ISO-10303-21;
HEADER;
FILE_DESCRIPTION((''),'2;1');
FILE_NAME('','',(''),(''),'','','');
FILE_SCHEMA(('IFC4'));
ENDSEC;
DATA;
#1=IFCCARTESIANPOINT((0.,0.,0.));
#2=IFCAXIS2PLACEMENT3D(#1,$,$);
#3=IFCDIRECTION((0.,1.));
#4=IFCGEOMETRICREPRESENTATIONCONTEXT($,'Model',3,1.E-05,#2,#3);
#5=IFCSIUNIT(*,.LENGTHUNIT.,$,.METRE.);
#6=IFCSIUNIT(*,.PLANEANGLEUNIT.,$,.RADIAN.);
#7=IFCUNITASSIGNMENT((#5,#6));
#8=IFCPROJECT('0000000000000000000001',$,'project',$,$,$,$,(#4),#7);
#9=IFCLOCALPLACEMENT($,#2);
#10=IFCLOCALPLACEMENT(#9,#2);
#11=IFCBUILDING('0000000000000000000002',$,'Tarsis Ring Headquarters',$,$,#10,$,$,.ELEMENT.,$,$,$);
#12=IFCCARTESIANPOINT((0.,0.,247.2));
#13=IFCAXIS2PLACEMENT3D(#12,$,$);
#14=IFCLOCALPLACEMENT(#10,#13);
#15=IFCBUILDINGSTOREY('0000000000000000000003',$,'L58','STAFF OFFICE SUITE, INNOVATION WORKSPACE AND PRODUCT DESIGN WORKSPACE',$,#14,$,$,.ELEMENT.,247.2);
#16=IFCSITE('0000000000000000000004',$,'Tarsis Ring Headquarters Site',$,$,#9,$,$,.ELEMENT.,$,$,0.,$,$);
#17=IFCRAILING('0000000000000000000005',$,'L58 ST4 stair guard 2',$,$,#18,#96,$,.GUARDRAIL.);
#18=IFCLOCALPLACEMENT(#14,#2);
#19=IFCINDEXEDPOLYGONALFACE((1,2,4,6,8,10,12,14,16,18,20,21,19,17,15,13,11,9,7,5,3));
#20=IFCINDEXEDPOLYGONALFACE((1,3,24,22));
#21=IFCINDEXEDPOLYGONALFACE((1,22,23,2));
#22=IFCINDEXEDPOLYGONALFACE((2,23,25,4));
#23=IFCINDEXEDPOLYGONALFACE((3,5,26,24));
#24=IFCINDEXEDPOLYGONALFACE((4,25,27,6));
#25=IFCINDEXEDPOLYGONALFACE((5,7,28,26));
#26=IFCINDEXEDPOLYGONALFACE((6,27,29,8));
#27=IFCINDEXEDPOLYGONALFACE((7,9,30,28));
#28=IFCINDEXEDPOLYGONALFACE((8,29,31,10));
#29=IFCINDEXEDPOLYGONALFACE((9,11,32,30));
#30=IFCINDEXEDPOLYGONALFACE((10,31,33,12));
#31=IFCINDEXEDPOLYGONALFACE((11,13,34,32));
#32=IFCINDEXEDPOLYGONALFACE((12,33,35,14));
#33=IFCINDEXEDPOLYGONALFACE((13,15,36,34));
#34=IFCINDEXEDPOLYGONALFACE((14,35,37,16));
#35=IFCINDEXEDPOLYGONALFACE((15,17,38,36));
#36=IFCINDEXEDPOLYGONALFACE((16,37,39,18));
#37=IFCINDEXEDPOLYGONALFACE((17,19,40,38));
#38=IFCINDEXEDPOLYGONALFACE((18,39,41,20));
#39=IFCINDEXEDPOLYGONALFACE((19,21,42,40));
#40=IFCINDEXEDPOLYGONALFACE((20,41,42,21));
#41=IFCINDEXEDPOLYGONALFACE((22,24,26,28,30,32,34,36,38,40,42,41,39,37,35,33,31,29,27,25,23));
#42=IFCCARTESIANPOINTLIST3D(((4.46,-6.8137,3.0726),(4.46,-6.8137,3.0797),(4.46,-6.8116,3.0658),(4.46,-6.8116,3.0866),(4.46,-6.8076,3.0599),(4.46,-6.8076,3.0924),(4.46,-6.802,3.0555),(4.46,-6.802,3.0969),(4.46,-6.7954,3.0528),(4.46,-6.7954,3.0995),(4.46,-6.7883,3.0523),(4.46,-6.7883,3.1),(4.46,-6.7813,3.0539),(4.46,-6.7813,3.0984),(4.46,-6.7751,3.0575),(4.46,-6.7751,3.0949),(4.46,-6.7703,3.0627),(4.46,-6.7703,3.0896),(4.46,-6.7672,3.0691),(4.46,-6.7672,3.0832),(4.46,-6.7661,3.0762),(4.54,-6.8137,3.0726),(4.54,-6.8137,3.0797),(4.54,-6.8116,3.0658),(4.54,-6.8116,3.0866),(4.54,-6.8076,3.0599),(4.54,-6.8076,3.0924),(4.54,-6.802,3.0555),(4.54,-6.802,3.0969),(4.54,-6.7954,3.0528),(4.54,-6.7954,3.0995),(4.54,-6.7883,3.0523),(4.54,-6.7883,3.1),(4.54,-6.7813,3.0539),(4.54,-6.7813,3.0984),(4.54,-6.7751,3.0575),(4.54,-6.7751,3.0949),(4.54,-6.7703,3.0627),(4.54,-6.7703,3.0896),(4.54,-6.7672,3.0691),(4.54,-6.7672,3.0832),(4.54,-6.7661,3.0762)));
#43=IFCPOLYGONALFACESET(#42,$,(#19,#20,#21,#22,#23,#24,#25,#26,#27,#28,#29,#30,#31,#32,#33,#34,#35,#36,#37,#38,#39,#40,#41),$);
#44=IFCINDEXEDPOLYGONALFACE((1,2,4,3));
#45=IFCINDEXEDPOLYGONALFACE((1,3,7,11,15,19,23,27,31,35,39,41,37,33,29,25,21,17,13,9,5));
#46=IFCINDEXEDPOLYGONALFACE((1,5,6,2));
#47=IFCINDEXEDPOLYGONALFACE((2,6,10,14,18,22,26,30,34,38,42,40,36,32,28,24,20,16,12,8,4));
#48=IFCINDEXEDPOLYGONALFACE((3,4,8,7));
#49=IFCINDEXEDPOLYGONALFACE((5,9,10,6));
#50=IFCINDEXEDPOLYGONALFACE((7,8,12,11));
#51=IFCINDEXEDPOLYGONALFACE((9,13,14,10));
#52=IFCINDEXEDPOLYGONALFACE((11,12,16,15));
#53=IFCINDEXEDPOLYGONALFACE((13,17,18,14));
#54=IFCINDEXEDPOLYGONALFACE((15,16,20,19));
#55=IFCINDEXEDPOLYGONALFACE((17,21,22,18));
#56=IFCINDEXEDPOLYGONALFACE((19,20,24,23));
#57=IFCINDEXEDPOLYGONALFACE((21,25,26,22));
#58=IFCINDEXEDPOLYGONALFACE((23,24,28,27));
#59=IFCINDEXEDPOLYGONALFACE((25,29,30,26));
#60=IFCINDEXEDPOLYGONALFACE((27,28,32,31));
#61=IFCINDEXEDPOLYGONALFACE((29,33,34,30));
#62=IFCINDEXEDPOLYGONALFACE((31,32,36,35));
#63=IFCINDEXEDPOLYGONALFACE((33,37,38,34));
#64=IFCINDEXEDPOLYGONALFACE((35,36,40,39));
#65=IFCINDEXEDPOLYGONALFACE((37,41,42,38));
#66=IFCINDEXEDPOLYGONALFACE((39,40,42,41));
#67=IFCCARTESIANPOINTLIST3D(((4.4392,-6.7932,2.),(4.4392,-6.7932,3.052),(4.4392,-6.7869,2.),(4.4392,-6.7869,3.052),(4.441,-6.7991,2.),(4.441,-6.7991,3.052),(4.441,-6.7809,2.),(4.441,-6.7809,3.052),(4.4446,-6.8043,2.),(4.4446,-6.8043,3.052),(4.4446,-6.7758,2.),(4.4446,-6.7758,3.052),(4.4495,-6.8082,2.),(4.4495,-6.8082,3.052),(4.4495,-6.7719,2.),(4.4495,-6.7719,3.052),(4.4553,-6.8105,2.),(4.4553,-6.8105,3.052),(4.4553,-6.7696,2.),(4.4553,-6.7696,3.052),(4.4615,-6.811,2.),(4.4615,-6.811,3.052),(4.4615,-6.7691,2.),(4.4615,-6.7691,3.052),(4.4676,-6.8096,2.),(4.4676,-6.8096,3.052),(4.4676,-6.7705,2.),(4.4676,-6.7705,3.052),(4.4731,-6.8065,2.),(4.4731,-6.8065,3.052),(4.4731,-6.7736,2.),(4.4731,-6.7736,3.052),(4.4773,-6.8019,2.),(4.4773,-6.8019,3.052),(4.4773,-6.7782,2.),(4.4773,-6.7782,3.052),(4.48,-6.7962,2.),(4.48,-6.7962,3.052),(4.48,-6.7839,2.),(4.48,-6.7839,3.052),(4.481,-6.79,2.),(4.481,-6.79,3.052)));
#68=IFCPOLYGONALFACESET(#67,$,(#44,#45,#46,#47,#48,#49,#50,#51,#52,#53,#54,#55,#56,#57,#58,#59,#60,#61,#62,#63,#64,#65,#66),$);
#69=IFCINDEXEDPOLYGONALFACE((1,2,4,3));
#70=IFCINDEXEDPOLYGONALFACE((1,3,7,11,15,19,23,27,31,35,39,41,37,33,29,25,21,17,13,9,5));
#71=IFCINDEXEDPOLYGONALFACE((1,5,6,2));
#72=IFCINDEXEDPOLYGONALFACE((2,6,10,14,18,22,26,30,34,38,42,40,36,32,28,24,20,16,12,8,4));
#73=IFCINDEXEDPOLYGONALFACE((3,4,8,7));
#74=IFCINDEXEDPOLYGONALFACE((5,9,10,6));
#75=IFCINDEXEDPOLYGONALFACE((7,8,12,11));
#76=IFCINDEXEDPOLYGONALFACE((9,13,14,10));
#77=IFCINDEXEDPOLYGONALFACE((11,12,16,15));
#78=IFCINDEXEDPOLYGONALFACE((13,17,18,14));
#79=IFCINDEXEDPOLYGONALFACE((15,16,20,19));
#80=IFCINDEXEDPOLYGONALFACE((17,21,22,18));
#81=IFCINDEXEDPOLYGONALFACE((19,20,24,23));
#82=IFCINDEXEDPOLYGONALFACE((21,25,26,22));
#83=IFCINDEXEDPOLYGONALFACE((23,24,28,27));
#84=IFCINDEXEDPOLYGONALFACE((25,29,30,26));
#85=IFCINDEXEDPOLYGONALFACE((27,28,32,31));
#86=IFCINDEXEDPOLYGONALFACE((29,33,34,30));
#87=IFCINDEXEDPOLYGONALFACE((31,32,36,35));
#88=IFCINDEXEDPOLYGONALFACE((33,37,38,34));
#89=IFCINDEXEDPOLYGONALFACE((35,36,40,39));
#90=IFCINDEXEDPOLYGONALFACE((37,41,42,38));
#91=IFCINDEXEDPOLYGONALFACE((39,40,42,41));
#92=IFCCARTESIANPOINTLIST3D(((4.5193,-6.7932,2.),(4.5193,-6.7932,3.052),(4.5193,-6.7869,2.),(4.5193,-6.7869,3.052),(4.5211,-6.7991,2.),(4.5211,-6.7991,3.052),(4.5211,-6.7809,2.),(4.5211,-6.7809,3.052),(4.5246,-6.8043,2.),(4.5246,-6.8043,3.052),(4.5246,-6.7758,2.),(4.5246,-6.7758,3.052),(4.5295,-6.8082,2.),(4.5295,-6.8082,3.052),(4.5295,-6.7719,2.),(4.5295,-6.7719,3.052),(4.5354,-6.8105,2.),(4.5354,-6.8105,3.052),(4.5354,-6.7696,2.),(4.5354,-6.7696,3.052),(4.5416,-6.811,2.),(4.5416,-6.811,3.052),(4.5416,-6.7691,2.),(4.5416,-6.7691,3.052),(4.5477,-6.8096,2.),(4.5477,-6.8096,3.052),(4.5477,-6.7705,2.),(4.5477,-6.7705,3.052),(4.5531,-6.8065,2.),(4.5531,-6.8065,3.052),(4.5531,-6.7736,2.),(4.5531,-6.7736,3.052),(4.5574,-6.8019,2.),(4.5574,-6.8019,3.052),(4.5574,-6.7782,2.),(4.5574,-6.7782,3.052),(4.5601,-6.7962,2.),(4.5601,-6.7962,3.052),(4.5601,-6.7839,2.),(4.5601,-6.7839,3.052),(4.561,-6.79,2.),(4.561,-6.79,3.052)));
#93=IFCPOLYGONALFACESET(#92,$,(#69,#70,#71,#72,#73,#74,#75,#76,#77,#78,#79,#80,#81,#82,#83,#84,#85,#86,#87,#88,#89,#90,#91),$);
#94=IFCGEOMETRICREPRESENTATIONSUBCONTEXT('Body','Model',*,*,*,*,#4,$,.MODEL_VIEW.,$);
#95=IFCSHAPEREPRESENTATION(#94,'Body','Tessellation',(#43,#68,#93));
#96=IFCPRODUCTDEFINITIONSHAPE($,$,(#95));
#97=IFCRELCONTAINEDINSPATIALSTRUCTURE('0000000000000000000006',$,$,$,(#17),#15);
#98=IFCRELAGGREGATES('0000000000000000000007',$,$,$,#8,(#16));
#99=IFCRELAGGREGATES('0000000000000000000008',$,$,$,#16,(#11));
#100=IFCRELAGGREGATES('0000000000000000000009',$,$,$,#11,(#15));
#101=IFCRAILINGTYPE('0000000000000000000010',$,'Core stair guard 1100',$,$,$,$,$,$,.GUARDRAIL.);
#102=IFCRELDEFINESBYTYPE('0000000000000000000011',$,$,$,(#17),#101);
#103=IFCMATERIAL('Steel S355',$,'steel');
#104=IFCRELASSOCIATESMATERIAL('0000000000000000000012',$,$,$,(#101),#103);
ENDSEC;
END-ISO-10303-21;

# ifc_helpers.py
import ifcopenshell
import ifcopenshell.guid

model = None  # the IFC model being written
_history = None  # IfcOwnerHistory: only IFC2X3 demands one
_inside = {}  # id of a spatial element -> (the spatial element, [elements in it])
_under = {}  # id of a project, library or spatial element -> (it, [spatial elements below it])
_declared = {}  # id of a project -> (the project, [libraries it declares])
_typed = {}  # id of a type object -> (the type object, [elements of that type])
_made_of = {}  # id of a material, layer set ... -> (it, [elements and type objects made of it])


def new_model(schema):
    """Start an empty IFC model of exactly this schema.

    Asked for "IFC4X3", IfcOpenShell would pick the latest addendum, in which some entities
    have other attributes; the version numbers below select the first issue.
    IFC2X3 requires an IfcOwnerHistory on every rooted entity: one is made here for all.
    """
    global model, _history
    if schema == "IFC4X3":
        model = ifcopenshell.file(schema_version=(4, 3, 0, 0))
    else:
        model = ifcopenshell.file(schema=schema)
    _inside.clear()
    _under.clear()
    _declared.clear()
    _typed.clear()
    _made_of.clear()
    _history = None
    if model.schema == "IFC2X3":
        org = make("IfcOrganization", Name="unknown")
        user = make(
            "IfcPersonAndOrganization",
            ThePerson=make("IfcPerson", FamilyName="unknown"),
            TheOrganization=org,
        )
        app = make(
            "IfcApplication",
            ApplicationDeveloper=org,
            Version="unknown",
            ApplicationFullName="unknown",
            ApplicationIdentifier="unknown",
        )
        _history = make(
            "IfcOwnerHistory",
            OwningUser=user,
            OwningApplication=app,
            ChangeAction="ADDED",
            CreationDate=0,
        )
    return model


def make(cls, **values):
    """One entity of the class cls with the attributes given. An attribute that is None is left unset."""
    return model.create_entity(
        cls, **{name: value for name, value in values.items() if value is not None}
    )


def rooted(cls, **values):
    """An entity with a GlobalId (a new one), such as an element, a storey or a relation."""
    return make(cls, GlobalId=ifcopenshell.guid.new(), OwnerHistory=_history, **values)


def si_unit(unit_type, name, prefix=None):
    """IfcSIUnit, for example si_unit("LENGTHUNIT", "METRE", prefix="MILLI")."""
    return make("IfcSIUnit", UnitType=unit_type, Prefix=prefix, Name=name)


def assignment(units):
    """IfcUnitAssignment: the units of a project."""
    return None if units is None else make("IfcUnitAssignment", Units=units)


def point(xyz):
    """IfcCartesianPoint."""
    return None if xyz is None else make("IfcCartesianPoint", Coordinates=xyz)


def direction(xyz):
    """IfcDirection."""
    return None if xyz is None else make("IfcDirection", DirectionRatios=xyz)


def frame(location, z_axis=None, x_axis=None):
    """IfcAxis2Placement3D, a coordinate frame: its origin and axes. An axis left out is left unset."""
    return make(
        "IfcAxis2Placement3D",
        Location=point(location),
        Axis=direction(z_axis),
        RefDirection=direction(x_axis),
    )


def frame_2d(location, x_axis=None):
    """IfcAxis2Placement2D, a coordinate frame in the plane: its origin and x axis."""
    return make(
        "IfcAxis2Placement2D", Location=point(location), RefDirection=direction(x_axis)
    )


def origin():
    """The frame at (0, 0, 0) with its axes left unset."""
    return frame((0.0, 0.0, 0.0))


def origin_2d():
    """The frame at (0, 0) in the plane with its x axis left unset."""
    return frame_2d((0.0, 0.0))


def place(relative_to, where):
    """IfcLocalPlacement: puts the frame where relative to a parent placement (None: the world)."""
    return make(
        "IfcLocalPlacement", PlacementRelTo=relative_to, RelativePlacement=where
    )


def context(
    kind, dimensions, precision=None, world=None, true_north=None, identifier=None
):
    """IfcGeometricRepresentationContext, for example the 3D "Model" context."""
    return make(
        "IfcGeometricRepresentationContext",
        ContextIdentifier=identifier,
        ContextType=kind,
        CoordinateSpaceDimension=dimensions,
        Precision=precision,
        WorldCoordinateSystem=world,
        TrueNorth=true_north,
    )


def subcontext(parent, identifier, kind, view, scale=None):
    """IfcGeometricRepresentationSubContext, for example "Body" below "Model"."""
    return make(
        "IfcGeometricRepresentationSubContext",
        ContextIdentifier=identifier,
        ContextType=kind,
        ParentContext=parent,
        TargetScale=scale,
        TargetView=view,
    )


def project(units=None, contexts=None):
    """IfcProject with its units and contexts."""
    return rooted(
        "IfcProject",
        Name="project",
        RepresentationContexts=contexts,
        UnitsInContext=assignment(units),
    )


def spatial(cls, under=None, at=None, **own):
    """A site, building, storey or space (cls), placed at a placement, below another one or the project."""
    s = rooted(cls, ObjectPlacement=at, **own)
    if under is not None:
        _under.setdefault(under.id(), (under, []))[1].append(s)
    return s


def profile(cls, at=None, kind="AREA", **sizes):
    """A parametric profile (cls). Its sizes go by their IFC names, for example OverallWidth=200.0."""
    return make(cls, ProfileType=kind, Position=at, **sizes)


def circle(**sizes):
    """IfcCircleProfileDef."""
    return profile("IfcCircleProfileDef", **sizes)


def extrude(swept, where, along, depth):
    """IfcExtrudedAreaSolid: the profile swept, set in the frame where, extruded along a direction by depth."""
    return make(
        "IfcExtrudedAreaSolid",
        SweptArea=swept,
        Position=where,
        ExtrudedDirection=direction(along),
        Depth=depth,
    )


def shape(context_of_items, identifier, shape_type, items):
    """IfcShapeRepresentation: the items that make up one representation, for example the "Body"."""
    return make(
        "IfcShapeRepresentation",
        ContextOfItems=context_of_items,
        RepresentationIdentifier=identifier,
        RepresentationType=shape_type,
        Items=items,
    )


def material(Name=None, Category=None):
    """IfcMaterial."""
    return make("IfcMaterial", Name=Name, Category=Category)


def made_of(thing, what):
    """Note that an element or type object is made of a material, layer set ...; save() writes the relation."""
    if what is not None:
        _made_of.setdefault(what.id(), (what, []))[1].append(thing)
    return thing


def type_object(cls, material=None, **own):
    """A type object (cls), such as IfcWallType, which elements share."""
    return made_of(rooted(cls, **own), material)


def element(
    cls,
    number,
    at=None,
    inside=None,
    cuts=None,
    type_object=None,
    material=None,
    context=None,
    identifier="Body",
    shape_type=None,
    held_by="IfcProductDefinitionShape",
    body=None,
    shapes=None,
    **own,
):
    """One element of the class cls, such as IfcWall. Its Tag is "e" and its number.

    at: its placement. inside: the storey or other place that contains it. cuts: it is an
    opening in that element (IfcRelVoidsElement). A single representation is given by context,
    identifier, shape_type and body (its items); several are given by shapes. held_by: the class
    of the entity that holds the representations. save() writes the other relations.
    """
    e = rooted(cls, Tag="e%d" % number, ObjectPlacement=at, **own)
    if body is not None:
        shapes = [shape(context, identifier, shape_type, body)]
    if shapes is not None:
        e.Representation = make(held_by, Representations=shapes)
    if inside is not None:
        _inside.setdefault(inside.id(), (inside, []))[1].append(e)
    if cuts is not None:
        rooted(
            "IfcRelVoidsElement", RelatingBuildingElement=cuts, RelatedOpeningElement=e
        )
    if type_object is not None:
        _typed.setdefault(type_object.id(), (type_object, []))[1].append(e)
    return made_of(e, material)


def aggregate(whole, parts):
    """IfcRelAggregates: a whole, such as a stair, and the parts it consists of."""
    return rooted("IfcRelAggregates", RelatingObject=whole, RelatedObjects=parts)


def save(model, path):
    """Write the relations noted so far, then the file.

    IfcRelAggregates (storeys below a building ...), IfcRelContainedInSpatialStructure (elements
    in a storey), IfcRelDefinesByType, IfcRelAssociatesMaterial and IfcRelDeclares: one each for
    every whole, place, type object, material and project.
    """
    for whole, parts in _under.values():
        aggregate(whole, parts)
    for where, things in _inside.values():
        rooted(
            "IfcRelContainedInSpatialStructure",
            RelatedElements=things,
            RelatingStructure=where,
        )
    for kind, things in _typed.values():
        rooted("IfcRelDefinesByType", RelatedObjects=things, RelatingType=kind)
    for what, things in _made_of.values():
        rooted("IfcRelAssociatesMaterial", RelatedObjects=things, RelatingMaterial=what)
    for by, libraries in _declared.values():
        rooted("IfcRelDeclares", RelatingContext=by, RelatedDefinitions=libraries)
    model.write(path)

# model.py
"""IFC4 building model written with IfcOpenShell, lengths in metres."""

from ifc_helpers import new_model, si_unit, direction, frame, origin, origin_2d, place, context, subcontext, project, spatial, circle, extrude, material, type_object, element, save


model = new_model("IFC4")

# Units and contexts
model_context = context("Model", 3, precision=1e-05, world=origin(), true_north=direction((0.0, 1.0)))
body_context = subcontext(model_context, "Body", "Model", "MODEL_VIEW")
ifc_project = project(units=[si_unit("LENGTHUNIT", "METRE"), si_unit("PLANEANGLEUNIT", "RADIAN")], contexts=[model_context])

# Site, building, storey
site_placement = place(None, origin())
site = spatial("IfcSite", under=ifc_project, at=site_placement, Name="Tarsis Ring Headquarters Site", CompositionType="ELEMENT", RefElevation=0.0)
building_placement = place(site_placement, origin())
building = spatial("IfcBuilding", under=site, at=building_placement, Name="Tarsis Ring Headquarters", CompositionType="ELEMENT")
storey_placement = place(building_placement, frame((0.0, 0.0, 247.2)))
storey = spatial("IfcBuildingStorey", under=building, at=storey_placement, Name="L58", Description="STAFF OFFICE SUITE, INNOVATION WORKSPACE AND PRODUCT DESIGN WORKSPACE", CompositionType="ELEMENT", Elevation=247.2)

# Shared definitions
ifc_material_1 = material(Name="Steel S355", Category="steel")

# Railing
railing_type_1 = type_object("IfcRailingType", Name="Core stair guard 1100", PredefinedType="GUARDRAIL", material=ifc_material_1)
railing_1_placement = place(storey_placement, frame((4.46, -6.79, 2.0)))
element("IfcRailing", 1, at=railing_1_placement, inside=storey, type_object=railing_type_1, Name="L58 ST4 stair guard 2", PredefinedType="GUARDRAIL", context=body_context, shape_type="SweptSolid", body=[
    extrude(circle(Radius=0.0239, at=origin_2d()), frame((0.0, 0.0, 1.0762), z_axis=(1.0, 0.0, 0.0), x_axis=(0.0, 1.0, 0.0)), (0.0, 0.0, 1.0), 0.0801),
    extrude(circle(Radius=0.021, at=origin_2d()), origin(), (0.0, 0.0, 1.0), 1.052),
    extrude(circle(Radius=0.021, at=origin_2d()), frame((0.0801, 0.0, 0.0)), (0.0, 0.0, 1.0), 1.052),
])

save(model, "model.ifc")
